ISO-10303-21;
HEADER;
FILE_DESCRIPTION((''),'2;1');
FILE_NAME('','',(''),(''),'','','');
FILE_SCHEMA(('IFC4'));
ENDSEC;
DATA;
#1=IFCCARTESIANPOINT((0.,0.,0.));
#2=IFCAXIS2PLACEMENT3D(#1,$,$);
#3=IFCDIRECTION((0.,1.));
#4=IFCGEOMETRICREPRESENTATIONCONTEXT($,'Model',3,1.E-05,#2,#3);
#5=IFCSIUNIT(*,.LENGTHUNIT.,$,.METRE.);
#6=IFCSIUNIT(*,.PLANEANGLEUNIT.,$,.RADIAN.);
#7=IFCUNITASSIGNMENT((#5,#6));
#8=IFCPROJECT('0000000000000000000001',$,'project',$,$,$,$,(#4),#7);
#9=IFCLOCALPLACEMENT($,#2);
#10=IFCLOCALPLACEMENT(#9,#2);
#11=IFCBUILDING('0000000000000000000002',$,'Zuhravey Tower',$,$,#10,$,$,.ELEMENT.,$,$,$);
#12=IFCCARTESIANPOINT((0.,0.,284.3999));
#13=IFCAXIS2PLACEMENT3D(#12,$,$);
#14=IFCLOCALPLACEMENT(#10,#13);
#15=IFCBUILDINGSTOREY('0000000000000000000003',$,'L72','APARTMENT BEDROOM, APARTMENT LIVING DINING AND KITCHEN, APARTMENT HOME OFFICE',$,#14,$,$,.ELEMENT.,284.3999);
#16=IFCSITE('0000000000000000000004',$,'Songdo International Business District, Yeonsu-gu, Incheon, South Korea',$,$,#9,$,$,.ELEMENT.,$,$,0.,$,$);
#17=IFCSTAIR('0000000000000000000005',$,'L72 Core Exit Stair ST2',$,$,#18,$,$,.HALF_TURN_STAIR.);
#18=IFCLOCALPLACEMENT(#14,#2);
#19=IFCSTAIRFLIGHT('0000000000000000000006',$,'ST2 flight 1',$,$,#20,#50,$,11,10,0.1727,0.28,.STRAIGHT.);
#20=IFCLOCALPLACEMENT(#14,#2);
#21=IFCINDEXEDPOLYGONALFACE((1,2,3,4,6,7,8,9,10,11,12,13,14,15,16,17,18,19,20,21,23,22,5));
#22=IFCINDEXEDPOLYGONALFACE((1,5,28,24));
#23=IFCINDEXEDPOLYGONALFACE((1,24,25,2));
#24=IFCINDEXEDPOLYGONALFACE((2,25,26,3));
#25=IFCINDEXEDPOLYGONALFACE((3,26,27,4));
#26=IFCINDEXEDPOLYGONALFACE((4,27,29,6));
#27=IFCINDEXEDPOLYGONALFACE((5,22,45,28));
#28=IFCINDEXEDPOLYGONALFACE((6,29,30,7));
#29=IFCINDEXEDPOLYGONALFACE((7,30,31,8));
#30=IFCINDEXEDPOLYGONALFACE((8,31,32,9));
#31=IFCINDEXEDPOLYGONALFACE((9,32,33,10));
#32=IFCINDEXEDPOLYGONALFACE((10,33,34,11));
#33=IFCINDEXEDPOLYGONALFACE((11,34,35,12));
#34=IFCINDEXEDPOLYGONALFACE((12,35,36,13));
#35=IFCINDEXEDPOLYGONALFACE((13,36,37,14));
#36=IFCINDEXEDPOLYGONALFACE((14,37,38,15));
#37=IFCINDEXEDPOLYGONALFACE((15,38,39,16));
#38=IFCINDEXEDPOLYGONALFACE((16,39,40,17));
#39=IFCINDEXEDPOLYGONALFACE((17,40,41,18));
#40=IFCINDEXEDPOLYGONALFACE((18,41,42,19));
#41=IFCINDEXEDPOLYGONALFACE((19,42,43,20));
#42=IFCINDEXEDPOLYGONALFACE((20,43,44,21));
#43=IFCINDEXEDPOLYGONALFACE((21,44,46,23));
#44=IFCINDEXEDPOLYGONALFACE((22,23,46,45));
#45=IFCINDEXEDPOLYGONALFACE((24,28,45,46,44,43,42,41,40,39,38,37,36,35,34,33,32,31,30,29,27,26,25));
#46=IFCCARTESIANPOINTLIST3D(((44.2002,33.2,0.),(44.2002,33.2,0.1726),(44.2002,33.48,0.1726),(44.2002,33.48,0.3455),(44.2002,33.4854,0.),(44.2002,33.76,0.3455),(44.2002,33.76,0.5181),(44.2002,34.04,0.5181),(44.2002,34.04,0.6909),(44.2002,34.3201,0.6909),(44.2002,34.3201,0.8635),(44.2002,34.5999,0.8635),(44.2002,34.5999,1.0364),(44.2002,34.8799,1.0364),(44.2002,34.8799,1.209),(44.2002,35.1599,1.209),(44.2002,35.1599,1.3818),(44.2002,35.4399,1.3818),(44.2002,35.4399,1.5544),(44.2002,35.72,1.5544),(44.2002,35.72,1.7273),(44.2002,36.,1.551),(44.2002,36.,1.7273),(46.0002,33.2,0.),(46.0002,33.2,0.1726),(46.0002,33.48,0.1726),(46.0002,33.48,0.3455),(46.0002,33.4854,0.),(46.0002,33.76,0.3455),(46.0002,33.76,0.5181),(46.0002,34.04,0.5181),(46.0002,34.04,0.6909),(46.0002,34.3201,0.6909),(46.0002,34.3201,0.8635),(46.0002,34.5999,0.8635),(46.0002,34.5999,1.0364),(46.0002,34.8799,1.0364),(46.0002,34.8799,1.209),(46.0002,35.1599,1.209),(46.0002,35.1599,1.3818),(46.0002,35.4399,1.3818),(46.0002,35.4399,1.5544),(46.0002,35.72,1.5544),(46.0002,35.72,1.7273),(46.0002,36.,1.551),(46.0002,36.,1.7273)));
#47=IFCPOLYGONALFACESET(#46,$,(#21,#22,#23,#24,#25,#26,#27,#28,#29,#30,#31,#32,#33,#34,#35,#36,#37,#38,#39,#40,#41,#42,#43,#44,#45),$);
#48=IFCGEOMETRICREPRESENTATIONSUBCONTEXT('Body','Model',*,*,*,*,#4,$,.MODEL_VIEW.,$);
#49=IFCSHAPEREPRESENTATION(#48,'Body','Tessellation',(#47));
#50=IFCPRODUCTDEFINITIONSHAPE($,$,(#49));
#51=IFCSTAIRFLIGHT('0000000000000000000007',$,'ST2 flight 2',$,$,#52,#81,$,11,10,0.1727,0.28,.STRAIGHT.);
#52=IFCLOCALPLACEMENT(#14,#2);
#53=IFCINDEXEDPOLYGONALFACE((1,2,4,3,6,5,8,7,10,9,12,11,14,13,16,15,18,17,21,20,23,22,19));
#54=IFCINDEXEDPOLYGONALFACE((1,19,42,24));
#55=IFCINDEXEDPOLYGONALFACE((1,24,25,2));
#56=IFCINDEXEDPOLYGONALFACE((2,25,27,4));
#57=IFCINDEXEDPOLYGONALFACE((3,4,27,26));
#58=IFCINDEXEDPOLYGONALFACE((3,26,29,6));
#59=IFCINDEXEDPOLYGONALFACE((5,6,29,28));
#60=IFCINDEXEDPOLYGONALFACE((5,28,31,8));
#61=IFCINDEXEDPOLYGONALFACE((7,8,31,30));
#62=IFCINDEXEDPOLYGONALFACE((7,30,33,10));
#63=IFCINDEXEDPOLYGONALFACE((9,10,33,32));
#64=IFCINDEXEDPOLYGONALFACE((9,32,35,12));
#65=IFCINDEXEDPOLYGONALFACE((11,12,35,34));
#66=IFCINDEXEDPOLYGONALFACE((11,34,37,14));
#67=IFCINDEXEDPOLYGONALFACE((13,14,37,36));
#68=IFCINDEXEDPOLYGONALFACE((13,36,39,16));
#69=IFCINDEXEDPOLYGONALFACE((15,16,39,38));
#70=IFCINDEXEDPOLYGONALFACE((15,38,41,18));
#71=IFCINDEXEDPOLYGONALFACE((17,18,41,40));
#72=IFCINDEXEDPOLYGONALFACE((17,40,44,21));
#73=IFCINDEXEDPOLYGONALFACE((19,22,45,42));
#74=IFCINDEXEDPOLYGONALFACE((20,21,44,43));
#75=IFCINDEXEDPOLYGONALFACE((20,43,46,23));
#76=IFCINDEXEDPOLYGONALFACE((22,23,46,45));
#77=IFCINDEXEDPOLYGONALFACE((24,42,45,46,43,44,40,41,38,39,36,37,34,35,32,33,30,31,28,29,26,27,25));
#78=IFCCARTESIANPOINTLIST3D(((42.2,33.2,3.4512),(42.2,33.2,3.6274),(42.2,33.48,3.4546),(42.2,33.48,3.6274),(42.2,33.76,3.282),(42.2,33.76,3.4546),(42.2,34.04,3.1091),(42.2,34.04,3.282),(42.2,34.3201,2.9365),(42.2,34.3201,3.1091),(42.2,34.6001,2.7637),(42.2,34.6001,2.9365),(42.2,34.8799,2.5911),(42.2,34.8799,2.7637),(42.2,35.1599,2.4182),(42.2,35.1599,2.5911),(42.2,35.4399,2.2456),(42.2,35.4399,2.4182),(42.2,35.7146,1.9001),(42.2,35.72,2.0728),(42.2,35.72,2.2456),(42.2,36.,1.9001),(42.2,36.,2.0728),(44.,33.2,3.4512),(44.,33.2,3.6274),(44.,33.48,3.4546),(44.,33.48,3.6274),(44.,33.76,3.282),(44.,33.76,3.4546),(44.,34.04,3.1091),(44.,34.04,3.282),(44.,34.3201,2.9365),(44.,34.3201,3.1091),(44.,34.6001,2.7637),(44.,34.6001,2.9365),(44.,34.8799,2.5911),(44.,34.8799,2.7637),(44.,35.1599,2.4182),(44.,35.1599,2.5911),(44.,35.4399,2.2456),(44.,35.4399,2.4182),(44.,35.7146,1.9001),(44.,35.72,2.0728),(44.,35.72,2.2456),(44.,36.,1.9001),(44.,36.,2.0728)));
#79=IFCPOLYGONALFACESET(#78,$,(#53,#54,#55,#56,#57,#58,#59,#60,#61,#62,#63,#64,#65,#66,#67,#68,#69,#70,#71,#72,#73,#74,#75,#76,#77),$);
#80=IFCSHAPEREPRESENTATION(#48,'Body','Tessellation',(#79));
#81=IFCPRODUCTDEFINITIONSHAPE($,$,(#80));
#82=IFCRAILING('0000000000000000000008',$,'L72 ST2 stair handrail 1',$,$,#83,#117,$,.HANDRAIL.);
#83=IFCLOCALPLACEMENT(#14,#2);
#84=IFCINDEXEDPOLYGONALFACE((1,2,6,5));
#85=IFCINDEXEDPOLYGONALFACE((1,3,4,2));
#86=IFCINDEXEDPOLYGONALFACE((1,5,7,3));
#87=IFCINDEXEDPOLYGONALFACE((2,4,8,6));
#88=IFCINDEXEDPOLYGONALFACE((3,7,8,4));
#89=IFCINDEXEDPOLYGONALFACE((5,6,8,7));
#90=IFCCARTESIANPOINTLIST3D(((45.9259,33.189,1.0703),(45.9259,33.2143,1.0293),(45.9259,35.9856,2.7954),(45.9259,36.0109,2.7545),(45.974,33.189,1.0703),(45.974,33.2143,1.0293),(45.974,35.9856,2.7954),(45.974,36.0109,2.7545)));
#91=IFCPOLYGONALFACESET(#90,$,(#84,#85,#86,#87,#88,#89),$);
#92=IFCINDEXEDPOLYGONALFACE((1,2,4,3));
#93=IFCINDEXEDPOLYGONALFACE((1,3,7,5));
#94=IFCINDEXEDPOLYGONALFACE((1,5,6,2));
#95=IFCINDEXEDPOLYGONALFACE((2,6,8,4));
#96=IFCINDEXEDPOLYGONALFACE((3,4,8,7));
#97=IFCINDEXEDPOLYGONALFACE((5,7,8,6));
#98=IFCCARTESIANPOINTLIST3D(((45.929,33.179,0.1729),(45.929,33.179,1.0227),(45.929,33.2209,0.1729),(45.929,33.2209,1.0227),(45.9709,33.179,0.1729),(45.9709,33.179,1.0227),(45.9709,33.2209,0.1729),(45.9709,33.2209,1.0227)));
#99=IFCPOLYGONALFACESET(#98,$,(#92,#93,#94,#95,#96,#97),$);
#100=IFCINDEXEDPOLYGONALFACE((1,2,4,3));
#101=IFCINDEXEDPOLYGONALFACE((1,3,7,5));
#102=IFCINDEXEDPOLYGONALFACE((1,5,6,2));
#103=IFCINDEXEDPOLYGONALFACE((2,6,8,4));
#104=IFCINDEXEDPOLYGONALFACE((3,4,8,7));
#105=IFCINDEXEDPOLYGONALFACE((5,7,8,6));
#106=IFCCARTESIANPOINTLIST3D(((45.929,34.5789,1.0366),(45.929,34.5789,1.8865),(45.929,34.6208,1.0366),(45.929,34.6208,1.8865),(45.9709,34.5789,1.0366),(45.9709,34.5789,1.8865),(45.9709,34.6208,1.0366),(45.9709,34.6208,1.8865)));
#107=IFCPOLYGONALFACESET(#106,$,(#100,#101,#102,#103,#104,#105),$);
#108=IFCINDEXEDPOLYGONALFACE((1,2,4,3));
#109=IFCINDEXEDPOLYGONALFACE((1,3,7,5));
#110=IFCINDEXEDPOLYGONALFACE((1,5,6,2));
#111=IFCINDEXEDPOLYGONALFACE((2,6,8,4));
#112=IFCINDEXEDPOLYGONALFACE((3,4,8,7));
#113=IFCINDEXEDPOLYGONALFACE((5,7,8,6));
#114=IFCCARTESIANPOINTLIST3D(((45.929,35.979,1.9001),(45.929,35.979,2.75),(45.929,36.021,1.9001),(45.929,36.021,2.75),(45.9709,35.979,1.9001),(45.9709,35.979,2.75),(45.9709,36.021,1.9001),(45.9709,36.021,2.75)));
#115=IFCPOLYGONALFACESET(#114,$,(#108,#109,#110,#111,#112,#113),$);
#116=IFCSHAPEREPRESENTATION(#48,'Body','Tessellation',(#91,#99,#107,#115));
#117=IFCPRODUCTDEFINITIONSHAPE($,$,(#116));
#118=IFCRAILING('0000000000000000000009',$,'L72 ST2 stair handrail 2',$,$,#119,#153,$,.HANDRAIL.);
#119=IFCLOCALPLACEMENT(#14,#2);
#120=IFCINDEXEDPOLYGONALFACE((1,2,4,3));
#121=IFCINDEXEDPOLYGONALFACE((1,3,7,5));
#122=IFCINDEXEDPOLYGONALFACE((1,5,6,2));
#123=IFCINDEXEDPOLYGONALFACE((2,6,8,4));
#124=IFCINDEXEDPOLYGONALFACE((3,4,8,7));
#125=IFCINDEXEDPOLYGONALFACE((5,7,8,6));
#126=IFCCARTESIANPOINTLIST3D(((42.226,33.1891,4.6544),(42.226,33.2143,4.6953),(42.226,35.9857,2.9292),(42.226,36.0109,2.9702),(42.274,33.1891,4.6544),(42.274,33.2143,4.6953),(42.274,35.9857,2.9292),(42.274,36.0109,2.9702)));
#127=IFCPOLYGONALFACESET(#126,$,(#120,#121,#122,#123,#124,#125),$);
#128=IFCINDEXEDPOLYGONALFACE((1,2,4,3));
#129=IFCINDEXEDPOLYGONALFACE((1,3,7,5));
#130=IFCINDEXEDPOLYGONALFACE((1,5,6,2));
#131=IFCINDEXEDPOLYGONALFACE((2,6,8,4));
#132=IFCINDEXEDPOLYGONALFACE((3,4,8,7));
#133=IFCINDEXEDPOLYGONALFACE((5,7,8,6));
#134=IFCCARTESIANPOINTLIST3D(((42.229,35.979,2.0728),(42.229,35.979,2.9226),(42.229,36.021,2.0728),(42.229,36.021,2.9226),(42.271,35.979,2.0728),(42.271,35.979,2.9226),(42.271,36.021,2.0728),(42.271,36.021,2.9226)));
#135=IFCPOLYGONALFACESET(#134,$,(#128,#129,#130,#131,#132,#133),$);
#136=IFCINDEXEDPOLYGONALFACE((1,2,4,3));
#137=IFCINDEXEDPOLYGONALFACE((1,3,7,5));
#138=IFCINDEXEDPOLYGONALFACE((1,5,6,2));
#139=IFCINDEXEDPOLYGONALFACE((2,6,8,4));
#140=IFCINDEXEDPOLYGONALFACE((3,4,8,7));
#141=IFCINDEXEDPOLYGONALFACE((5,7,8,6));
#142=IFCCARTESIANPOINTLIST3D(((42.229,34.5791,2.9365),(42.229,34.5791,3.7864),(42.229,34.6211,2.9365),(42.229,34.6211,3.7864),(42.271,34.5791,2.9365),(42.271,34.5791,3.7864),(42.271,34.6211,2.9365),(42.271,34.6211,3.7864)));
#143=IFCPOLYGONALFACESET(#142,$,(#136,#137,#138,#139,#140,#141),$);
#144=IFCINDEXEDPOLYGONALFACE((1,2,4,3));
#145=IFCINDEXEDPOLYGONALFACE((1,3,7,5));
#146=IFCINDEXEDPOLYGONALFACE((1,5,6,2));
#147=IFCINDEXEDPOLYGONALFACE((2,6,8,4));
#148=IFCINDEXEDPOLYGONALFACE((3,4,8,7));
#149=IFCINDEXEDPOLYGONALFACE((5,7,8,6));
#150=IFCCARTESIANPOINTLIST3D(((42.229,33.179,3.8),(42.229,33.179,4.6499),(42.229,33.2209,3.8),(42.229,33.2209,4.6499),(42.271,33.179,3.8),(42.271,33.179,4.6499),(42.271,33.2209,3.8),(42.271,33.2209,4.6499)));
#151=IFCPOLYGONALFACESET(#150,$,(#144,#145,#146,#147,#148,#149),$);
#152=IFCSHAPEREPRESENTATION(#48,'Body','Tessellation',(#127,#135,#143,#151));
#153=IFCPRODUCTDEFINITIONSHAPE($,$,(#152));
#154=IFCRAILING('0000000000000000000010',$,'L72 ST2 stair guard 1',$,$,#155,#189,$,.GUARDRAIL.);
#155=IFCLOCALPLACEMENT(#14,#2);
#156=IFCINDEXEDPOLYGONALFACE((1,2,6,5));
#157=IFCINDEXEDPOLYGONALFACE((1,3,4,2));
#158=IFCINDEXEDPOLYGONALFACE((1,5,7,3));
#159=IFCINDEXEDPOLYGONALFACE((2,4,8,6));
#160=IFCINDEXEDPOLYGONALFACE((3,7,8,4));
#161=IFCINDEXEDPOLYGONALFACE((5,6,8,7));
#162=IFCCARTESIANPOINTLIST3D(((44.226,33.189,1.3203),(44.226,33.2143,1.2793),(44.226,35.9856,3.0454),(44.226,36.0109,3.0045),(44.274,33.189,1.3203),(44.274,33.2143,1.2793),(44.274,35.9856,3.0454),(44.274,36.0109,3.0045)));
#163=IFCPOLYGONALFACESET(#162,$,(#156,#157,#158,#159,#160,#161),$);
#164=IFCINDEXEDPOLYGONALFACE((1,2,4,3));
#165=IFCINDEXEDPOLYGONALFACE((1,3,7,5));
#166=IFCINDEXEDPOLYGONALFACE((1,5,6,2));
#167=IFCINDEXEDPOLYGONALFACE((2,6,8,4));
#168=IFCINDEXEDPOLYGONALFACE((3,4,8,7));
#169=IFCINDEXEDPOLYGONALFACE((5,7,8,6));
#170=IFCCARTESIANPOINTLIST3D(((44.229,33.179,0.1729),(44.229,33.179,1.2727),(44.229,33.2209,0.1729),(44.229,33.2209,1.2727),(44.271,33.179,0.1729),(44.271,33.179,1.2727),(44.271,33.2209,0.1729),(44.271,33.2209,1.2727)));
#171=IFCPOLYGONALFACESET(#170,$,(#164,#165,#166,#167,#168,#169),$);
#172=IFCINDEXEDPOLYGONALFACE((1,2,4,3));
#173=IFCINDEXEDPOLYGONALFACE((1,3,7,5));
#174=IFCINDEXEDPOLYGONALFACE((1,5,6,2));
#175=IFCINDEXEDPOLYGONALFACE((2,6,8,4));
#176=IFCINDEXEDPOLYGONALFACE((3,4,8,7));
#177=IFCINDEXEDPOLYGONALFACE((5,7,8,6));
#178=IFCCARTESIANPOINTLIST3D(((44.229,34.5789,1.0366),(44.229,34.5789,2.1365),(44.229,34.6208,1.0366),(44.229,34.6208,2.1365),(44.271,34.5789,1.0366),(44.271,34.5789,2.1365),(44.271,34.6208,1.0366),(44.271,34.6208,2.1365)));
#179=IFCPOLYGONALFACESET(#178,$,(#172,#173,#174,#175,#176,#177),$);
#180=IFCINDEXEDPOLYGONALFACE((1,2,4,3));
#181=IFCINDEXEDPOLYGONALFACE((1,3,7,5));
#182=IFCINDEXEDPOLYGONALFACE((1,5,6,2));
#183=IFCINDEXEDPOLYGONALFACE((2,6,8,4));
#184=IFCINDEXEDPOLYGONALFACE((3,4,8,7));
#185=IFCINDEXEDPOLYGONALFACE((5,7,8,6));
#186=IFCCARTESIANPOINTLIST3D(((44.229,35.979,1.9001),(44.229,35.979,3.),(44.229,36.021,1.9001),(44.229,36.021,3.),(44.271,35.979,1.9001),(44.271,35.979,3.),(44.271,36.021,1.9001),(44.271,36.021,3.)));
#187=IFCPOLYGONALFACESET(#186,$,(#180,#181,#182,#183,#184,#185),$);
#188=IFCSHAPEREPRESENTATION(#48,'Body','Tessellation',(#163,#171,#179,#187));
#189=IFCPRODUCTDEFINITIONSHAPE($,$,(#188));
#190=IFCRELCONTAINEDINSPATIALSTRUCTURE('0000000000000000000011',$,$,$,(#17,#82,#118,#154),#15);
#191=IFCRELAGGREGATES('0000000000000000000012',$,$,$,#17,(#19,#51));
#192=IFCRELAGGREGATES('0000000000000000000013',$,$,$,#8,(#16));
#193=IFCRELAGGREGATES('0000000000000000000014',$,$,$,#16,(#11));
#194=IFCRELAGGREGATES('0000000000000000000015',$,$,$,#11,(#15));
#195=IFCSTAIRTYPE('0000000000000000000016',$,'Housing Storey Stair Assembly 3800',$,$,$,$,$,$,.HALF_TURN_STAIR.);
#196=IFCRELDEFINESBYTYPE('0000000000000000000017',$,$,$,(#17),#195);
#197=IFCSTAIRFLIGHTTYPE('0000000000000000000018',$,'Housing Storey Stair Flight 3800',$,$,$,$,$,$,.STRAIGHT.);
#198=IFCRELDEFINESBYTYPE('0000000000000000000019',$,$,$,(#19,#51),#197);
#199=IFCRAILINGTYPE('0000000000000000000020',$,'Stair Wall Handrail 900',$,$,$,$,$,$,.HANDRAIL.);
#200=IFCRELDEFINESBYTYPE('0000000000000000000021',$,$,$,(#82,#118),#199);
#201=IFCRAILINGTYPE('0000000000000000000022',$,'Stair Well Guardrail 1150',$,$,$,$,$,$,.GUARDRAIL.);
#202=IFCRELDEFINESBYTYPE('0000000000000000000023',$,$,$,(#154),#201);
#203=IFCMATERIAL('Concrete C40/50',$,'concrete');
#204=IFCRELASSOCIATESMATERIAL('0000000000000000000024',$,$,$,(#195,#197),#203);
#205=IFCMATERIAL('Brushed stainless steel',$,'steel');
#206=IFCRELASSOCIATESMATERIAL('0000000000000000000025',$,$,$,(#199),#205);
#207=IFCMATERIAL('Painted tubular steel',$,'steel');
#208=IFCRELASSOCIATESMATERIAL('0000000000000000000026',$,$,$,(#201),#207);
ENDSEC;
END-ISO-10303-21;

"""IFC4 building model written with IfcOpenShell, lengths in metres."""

from ifc_helpers import new_model, si_unit, direction, frame, origin, origin_2d, place, context, subcontext, project, spatial, polyline, rectangle, outline, extrude, material, type_object, element, aggregate, save


model = new_model("IFC4")

# Units and contexts
model_context = context("Model", 3, precision=1e-05, world=origin(), true_north=direction((0.0, 1.0)))
body_context = subcontext(model_context, "Body", "Model", "MODEL_VIEW")
ifc_project = project(units=[si_unit("LENGTHUNIT", "METRE"), si_unit("PLANEANGLEUNIT", "RADIAN")], contexts=[model_context])

# Site, building, storey
site_placement = place(None, origin())
site = spatial("IfcSite", under=ifc_project, at=site_placement, Name="Songdo International Business District, Yeonsu-gu, Incheon, South Korea", CompositionType="ELEMENT", RefElevation=0.0)
building_placement = place(site_placement, origin())
building = spatial("IfcBuilding", under=site, at=building_placement, Name="Zuhravey Tower", CompositionType="ELEMENT")
storey_placement = place(building_placement, frame((0.0, 0.0, 284.3999)))
storey = spatial("IfcBuildingStorey", under=building, at=storey_placement, Name="L72", Description="APARTMENT BEDROOM, APARTMENT LIVING DINING AND KITCHEN, APARTMENT HOME OFFICE", CompositionType="ELEMENT", Elevation=284.3999)

# Stair, stair flights
ifc_material_1 = material(Name="Concrete C40/50", Category="concrete")
stair_type = type_object("IfcStairType", Name="Housing Storey Stair Assembly 3800", PredefinedType="HALF_TURN_STAIR", material=ifc_material_1)
stair_placement = place(storey_placement, origin())
stair = element("IfcStair", 1, at=stair_placement, inside=storey, type_object=stair_type, Name="L72 Core Exit Stair ST2", PredefinedType="HALF_TURN_STAIR")
stair_flight_type = type_object("IfcStairFlightType", Name="Housing Storey Stair Flight 3800", PredefinedType="STRAIGHT", material=ifc_material_1)
stair_flight_1_placement = place(storey_placement, frame((45.1001, 33.2, 0.0), z_axis=(0.0, 0.0, 1.0), x_axis=(0.0, 1.0, 0.0)))
stair_flight_1 = element("IfcStairFlight", 2, at=stair_flight_1_placement, type_object=stair_flight_type, Name="ST2 flight 1", NumberOfRisers=11, NumberOfTreads=10, PredefinedType="STRAIGHT", RiserHeight=0.1727, TreadLength=0.28, context=body_context, shape_type="SweptSolid", body=[
    extrude(outline(polyline([(0.0, 0.0), (0.0, 0.1726), (0.28, 0.1726), (0.28, 0.3455), (0.5601, 0.3455), (0.5601, 0.5181), (0.8401, 0.5181), (0.8401, 0.6909), (1.1201, 0.6909), (1.1201, 0.8635), (1.3999, 0.8635), (1.3999, 1.0364), (1.6799, 1.0364), (1.6799, 1.209), (1.96, 1.209), (1.96, 1.3818), (2.24, 1.3818), (2.24, 1.5544), (2.52, 1.5544), (2.52, 1.7273), (2.8, 1.7273), (2.8, 1.8999), (2.8, 1.551), (0.2854, 0.0), (0.0, 0.0)])), frame((0.0, 0.8999, 0.0), z_axis=(0.0, -1.0, 0.0), x_axis=(1.0, 0.0, 0.0)), (0.0, 0.0, 1.0), 1.8),
])
stair_flight_2_placement = place(storey_placement, frame((43.1001, 36.0, 1.9001), z_axis=(0.0, 0.0, 1.0), x_axis=(0.0, -1.0, 0.0)))
stair_flight_2 = element("IfcStairFlight", 3, at=stair_flight_2_placement, type_object=stair_flight_type, Name="ST2 flight 2", NumberOfRisers=11, NumberOfTreads=10, PredefinedType="STRAIGHT", RiserHeight=0.1727, TreadLength=0.28, context=body_context, shape_type="SweptSolid", body=[
    extrude(outline(polyline([(0.0, 0.0), (0.0, 0.1726), (0.28, 0.1726), (0.28, 0.3455), (0.5601, 0.3455), (0.5601, 0.5181), (0.8401, 0.5181), (0.8401, 0.6909), (1.1201, 0.6909), (1.1201, 0.8635), (1.3999, 0.8635), (1.3999, 1.0364), (1.6799, 1.0364), (1.6799, 1.209), (1.96, 1.209), (1.96, 1.3818), (2.24, 1.3818), (2.24, 1.5544), (2.52, 1.5544), (2.52, 1.7273), (2.8, 1.7273), (2.8, 1.8999), (2.8, 1.551), (0.2854, 0.0), (0.0, 0.0)])), frame((0.0, 0.8999, 0.0), z_axis=(0.0, -1.0, 0.0), x_axis=(1.0, 0.0, 0.0)), (0.0, 0.0, 1.0), 1.8),
])
aggregate(stair, [stair_flight_1, stair_flight_2])

# Railings
ifc_material_2 = material(Name="Brushed stainless steel", Category="steel")
railing_type_1 = type_object("IfcRailingType", Name="Stair Wall Handrail 900", PredefinedType="HANDRAIL", material=ifc_material_2)
railing_1_placement = place(storey_placement, frame((45.95, 33.2, 0.1729)))
element("IfcRailing", 4, at=railing_1_placement, inside=storey, type_object=railing_type_1, Name="L72 ST2 stair handrail 1", PredefinedType="HANDRAIL", context=body_context, shape_type="SweptSolid", body=[
    extrude(rectangle(XDim=0.0481, YDim=0.0481, at=origin_2d()), frame((0.0, 0.0017, 0.877), z_axis=(0.0, 0.85109, 0.52502), x_axis=(-1.0, 0.0, 0.0)), (0.0, 0.0, 1.0), 3.2859),
    extrude(rectangle(XDim=0.042, YDim=0.042, at=origin_2d()), origin(), (0.0, 0.0, 1.0), 0.8499),
    extrude(rectangle(XDim=0.042, YDim=0.042, at=origin_2d()), frame((0.0, 1.3999, 0.8638)), (0.0, 0.0, 1.0), 0.8499),
    extrude(rectangle(XDim=0.042, YDim=0.042, at=origin_2d()), frame((0.0, 2.8, 1.7273)), (0.0, 0.0, 1.0), 0.8499),
])
railing_2_placement = place(storey_placement, frame((42.25, 36.0, 2.0728)))
element("IfcRailing", 5, at=railing_2_placement, inside=storey, type_object=railing_type_1, Name="L72 ST2 stair handrail 2", PredefinedType="HANDRAIL", context=body_context, shape_type="SweptSolid", body=[
    extrude(rectangle(XDim=0.0481, YDim=0.0481, at=origin_2d()), frame((0.0, -0.0017, 0.877), z_axis=(0.0, -0.85109, 0.52502), x_axis=(1.0, 0.0, 0.0)), (0.0, 0.0, 1.0), 3.2859),
    extrude(rectangle(XDim=0.042, YDim=0.042, at=origin_2d()), origin(), (0.0, 0.0, 1.0), 0.8499),
    extrude(rectangle(XDim=0.042, YDim=0.042, at=origin_2d()), frame((0.0, -1.3999, 0.8638)), (0.0, 0.0, 1.0), 0.8499),
    extrude(rectangle(XDim=0.042, YDim=0.042, at=origin_2d()), frame((0.0, -2.8, 1.7273)), (0.0, 0.0, 1.0), 0.8499),
])
ifc_material_3 = material(Name="Painted tubular steel", Category="steel")
railing_type_2 = type_object("IfcRailingType", Name="Stair Well Guardrail 1150", PredefinedType="GUARDRAIL", material=ifc_material_3)
railing_3_placement = place(storey_placement, frame((44.25, 33.2, 0.1729)))
element("IfcRailing", 6, at=railing_3_placement, inside=storey, type_object=railing_type_2, Name="L72 ST2 stair guard 1", PredefinedType="GUARDRAIL", context=body_context, shape_type="SweptSolid", body=[
    extrude(rectangle(XDim=0.0481, YDim=0.0481, at=origin_2d()), frame((0.0, 0.0017, 1.127), z_axis=(0.0, 0.85109, 0.52502), x_axis=(-1.0, 0.0, 0.0)), (0.0, 0.0, 1.0), 3.2859),
    extrude(rectangle(XDim=0.042, YDim=0.042, at=origin_2d()), origin(), (0.0, 0.0, 1.0), 1.0999),
    extrude(rectangle(XDim=0.042, YDim=0.042, at=origin_2d()), frame((0.0, 1.3999, 0.8638)), (0.0, 0.0, 1.0), 1.0999),
    extrude(rectangle(XDim=0.042, YDim=0.042, at=origin_2d()), frame((0.0, 2.8, 1.7273)), (0.0, 0.0, 1.0), 1.0999),
])

save(model, "model.ifc")
